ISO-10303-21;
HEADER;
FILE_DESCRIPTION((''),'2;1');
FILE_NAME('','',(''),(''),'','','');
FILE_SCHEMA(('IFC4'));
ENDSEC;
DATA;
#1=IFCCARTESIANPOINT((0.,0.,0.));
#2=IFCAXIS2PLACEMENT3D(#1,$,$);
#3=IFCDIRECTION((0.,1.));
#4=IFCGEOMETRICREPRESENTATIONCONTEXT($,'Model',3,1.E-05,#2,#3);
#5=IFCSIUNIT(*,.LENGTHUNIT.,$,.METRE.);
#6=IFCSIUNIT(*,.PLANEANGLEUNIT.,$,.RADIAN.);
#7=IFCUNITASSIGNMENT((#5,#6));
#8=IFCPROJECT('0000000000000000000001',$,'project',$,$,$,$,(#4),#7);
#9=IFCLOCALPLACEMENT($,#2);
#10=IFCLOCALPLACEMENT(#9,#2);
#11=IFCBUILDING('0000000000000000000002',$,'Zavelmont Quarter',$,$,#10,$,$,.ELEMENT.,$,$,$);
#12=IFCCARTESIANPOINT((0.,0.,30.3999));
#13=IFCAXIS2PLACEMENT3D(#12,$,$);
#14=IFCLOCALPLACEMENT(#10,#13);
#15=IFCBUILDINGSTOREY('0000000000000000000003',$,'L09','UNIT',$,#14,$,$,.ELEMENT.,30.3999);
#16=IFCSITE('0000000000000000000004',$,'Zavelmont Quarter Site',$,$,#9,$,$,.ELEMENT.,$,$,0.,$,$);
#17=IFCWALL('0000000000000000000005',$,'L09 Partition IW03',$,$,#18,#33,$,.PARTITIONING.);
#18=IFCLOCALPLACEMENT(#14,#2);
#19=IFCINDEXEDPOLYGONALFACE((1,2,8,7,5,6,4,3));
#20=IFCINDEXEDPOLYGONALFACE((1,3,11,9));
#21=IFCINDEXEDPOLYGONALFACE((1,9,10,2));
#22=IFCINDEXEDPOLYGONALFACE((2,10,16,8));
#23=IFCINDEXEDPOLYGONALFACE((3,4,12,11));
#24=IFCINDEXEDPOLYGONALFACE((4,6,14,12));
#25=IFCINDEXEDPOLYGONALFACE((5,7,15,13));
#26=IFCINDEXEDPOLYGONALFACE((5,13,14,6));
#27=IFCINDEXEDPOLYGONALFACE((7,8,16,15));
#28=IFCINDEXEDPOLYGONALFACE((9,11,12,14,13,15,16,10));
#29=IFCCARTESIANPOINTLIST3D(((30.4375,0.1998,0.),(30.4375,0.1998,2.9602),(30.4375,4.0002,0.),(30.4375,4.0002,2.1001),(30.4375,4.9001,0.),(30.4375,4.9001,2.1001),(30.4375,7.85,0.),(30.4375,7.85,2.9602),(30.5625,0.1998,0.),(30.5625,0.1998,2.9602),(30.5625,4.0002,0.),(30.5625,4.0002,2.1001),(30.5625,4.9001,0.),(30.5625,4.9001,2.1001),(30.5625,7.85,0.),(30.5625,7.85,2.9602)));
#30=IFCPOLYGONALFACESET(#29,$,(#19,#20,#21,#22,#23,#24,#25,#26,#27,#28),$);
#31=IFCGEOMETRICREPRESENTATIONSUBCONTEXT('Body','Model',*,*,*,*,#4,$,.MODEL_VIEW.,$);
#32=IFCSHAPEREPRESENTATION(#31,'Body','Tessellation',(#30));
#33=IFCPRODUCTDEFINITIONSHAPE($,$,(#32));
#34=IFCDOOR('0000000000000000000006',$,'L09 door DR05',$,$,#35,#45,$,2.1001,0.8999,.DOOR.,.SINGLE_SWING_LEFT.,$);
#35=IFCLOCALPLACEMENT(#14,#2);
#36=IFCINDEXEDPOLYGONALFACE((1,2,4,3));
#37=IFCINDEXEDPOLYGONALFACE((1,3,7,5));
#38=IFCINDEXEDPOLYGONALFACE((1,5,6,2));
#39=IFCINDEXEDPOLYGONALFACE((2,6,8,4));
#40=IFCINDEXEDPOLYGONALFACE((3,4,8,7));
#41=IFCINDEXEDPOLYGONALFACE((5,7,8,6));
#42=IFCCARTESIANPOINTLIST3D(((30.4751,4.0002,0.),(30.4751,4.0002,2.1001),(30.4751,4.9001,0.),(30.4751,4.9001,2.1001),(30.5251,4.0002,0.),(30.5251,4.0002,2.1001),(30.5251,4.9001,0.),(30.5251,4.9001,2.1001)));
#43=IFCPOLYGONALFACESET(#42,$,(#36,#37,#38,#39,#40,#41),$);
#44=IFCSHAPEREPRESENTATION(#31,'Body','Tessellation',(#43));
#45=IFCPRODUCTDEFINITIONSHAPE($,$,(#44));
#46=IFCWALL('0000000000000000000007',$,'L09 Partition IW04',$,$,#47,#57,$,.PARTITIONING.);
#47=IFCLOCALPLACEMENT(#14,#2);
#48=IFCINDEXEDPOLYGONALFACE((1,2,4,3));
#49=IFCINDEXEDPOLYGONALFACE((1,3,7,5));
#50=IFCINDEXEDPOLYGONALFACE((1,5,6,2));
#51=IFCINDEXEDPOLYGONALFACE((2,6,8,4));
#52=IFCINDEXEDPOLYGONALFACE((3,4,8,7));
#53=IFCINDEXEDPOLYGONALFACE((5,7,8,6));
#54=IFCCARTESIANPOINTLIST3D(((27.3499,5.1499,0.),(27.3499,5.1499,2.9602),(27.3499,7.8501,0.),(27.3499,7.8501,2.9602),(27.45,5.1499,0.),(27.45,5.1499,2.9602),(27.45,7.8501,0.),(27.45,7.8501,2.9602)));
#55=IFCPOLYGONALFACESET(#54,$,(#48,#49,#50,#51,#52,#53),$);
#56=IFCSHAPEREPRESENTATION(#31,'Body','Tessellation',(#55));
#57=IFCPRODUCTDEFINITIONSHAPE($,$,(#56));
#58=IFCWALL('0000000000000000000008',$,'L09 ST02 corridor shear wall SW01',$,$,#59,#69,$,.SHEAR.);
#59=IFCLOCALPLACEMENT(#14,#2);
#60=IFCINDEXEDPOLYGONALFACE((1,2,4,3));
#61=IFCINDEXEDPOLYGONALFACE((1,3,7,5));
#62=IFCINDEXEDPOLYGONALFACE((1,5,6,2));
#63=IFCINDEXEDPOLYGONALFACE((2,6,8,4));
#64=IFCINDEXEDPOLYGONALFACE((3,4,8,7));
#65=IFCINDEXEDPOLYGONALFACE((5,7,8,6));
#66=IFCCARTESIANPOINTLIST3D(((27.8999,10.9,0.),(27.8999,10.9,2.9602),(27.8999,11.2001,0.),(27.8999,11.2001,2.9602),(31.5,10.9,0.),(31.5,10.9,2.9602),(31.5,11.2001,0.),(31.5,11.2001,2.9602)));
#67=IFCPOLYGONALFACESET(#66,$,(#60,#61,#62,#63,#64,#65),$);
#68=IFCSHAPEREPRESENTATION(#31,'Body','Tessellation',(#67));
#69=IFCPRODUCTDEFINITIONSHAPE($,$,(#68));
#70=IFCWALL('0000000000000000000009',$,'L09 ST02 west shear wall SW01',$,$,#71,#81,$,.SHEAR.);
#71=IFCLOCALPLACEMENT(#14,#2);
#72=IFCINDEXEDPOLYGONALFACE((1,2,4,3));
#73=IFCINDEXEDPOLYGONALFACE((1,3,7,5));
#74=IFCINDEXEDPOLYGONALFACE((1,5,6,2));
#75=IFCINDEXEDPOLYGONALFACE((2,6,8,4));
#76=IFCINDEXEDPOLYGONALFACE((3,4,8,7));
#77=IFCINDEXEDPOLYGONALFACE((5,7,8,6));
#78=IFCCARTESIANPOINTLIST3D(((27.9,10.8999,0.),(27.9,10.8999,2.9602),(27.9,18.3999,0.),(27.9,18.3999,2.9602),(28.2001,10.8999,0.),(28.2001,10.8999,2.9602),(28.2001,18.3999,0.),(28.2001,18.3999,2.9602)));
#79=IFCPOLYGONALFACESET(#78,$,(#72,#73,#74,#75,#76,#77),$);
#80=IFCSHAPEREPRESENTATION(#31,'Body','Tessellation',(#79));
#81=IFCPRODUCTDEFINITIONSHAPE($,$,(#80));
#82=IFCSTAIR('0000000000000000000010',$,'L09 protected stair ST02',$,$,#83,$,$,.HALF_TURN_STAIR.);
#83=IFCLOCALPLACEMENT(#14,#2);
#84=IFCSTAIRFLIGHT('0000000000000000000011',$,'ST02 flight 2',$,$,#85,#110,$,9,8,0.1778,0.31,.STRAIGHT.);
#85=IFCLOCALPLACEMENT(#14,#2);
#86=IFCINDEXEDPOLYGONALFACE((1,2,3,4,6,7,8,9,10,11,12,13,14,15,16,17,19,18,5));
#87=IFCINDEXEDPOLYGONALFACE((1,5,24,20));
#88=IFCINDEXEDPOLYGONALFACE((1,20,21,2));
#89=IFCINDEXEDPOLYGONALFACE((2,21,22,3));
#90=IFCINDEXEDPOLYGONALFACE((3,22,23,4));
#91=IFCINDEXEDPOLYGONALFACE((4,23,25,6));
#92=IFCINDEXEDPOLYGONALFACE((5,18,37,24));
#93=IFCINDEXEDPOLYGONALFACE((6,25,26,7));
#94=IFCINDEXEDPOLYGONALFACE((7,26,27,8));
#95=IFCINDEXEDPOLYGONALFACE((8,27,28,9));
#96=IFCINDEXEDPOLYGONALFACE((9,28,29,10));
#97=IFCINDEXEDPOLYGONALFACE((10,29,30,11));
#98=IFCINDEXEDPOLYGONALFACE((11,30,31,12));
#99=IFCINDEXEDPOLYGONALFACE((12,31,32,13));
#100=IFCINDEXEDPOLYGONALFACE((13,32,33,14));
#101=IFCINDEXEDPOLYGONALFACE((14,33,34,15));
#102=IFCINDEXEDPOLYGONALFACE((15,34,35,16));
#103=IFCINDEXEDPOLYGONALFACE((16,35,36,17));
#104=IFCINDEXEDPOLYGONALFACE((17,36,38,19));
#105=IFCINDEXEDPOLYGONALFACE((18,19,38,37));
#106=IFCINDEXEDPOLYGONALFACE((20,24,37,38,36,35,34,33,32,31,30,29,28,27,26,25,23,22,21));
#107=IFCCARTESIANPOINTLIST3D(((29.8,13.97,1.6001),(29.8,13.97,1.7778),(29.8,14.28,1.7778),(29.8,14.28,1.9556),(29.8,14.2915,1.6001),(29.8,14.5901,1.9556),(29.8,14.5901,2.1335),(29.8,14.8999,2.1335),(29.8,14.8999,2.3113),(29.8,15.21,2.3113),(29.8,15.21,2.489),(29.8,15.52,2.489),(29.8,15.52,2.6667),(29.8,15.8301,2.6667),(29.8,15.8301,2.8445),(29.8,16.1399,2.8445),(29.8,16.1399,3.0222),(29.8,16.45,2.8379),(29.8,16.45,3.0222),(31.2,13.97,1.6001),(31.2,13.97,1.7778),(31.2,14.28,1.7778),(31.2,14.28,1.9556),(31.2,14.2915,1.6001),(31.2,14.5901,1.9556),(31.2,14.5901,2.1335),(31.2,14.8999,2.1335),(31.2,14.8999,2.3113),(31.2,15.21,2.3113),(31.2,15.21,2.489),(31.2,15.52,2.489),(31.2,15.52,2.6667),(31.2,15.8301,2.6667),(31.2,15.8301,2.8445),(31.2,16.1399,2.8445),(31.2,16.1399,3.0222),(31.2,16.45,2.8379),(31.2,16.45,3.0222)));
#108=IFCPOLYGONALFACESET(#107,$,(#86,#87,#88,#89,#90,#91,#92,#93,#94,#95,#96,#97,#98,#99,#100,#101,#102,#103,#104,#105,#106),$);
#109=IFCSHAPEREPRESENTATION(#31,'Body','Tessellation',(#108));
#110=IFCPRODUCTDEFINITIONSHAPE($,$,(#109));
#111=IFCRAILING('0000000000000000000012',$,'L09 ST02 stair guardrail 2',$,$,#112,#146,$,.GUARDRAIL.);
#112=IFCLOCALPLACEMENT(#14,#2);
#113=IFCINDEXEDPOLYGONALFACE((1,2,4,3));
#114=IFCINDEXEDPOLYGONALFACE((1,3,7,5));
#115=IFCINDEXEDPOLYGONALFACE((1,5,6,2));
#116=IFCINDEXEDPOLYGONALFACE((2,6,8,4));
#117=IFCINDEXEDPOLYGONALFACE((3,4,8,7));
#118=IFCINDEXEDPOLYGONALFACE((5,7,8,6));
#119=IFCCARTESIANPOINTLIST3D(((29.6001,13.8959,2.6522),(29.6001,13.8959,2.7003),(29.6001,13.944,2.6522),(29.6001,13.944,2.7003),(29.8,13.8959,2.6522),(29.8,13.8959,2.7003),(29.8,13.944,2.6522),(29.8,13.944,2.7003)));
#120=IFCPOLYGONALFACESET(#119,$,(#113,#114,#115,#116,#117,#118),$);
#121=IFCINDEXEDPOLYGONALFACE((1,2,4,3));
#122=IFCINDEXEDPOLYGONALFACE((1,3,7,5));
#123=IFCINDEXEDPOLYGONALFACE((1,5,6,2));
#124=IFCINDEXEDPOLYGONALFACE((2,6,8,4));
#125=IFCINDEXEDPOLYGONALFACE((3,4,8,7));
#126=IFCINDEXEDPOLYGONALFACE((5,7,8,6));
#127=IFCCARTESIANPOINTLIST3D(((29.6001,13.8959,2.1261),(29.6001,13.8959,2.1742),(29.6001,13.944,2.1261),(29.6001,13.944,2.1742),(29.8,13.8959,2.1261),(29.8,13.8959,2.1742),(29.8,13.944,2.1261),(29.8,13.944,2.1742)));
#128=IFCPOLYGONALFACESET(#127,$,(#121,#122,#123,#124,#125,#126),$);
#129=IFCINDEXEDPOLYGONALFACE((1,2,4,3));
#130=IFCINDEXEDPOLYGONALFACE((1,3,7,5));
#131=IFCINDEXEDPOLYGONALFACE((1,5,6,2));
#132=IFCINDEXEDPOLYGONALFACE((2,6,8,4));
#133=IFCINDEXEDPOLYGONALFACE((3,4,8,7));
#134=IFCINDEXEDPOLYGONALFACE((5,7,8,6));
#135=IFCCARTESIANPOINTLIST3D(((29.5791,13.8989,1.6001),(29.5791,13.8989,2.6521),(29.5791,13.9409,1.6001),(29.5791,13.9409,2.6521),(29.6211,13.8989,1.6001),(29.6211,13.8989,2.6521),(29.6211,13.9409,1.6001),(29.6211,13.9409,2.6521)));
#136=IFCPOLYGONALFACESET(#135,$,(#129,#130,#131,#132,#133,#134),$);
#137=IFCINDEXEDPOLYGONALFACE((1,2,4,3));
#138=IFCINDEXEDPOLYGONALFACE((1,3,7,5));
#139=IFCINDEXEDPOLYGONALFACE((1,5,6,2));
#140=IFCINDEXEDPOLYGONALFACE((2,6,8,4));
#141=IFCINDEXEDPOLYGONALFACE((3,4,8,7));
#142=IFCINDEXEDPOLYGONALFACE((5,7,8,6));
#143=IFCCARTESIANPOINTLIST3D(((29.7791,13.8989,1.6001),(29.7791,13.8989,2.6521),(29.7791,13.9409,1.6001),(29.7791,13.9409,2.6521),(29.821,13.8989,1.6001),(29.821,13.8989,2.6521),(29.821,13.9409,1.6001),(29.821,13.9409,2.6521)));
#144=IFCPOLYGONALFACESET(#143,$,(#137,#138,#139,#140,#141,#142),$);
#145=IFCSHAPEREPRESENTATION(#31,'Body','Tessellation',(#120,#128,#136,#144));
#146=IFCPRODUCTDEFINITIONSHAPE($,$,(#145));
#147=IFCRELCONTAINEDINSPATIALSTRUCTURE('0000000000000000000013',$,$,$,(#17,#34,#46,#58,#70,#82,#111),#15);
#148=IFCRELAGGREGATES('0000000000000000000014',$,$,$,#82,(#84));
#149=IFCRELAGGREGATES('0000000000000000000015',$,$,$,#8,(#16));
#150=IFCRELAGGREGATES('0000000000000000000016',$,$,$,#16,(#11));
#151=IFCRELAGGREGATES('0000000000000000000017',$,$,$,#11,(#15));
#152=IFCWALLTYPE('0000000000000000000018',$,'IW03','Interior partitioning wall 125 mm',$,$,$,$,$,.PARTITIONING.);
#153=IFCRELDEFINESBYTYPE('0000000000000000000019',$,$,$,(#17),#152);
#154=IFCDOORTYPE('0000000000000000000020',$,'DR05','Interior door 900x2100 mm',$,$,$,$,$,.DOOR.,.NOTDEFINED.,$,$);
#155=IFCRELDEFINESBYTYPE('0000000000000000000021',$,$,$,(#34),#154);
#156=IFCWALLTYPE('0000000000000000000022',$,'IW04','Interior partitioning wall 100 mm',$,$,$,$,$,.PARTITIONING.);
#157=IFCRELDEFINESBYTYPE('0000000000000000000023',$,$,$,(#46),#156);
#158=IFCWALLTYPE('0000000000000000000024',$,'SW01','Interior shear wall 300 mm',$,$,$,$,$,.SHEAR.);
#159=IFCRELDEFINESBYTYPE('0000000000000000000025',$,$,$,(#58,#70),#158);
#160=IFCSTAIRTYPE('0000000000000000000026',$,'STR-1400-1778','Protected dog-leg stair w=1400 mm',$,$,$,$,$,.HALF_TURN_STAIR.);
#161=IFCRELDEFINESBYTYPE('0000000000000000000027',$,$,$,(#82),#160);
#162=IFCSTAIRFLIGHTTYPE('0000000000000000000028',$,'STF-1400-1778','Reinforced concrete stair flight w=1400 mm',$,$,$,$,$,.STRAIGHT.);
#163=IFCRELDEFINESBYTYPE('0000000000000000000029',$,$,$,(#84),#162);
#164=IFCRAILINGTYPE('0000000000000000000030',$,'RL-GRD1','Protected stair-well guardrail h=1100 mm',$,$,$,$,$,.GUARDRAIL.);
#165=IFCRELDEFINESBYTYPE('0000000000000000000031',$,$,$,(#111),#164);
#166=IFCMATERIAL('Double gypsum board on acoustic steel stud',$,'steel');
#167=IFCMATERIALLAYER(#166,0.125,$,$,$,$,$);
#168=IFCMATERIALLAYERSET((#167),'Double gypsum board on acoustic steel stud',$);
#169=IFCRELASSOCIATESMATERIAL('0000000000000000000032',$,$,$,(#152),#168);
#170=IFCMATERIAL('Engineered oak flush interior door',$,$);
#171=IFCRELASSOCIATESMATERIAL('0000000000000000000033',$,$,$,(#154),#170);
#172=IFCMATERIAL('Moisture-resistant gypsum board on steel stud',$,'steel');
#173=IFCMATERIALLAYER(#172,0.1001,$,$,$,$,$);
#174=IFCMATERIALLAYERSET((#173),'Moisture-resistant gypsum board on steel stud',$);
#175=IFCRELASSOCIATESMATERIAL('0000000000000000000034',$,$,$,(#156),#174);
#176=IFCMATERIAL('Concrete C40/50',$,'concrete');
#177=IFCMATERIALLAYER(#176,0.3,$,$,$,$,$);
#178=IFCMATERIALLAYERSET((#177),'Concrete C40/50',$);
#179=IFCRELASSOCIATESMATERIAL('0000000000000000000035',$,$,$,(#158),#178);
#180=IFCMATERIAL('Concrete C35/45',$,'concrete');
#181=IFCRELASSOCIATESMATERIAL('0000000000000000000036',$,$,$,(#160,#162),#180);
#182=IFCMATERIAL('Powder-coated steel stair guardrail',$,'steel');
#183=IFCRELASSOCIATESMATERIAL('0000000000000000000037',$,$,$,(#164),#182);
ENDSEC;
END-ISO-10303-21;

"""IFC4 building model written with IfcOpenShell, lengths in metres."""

from ifc_helpers import new_model, si_unit, direction, frame, frame_2d, origin, origin_2d, place, context, subcontext, project, spatial, polyline, rectangle, outline, extrude, material, layer, layer_set, type_object, element, fill, aggregate, save


model = new_model("IFC4")

# Units and contexts
model_context = context("Model", 3, precision=1e-05, world=origin(), true_north=direction((0.0, 1.0)))
body_context = subcontext(model_context, "Body", "Model", "MODEL_VIEW")
ifc_project = project(units=[si_unit("LENGTHUNIT", "METRE"), si_unit("PLANEANGLEUNIT", "RADIAN")], contexts=[model_context])

# Site, building, storey
site_placement = place(None, origin())
site = spatial("IfcSite", under=ifc_project, at=site_placement, Name="Zavelmont Quarter Site", CompositionType="ELEMENT", RefElevation=0.0)
building_placement = place(site_placement, origin())
building = spatial("IfcBuilding", under=site, at=building_placement, Name="Zavelmont Quarter", CompositionType="ELEMENT")
storey_placement = place(building_placement, frame((0.0, 0.0, 30.3999)))
storey = spatial("IfcBuildingStorey", under=building, at=storey_placement, Name="L09", Description="UNIT", CompositionType="ELEMENT", Elevation=30.3999)

# Shared definitions
ifc_material_1 = material(Name="Concrete C35/45", Category="concrete")

# Shared definitions
ifc_material_2 = material(Name="Concrete C40/50", Category="concrete")

# Wall, opening, door
ifc_material_3 = material(Name="Double gypsum board on acoustic steel stud", Category="steel")
ifc_layer_1 = layer(ifc_material_3, 0.125)
ifc_layer_set_1 = layer_set([ifc_layer_1], Name="Double gypsum board on acoustic steel stud")
wall_type_1 = type_object("IfcWallType", Name="IW03", Description="Interior partitioning wall 125 mm", PredefinedType="PARTITIONING", material=ifc_layer_set_1)
wall_1_placement = place(storey_placement, frame((30.5, 7.8501, 0.0), z_axis=(0.0, 0.0, 1.0), x_axis=(0.0, -1.0, 0.0)))
wall_1 = element("IfcWall", 1, at=wall_1_placement, inside=storey, type_object=wall_type_1, Name="L09 Partition IW03", PredefinedType="PARTITIONING", context=body_context, shape_type="SweptSolid", body=[
    extrude(rectangle(XDim=7.6501, YDim=0.125, at=frame_2d((3.8252, 0.0))), origin(), (0.0, 0.0, 1.0), 2.9602),
])
opening_1_placement = place(wall_1_placement, frame((2.95, 0.0, 0.0)))
opening_1 = element("IfcOpeningElement", 2, at=opening_1_placement, cuts=wall_1, PredefinedType="OPENING", context=body_context, shape_type="SweptSolid", body=[
    extrude(rectangle(XDim=0.8999, YDim=2.1001, at=frame_2d((0.45, 1.05))), frame((0.0, 0.0745, 0.0), z_axis=(0.0, -1.0, 0.0), x_axis=(1.0, 0.0, 0.0)), (0.0, 0.0, 1.0), 0.1489),
])
ifc_material_4 = material(Name="Engineered oak flush interior door")
door_type_1 = type_object("IfcDoorType", Name="DR05", Description="Interior door 900x2100 mm", OperationType="NOTDEFINED", PredefinedType="DOOR", material=ifc_material_4)
door_1_placement = place(opening_1_placement, frame((0.8999, 0.0, 0.0), z_axis=(0.0, 0.0, 1.0), x_axis=(-1.0, 0.0, 0.0)))
door_1 = element("IfcDoor", 3, at=door_1_placement, inside=storey, type_object=door_type_1, Name="L09 door DR05", OperationType="SINGLE_SWING_LEFT", OverallHeight=2.1001, OverallWidth=0.8999, PredefinedType="DOOR", context=body_context, shape_type="SweptSolid", body=[
    extrude(rectangle(XDim=0.8999, YDim=2.1001, at=frame_2d((0.45, 1.05))), frame((0.0, 0.0249, 0.0), z_axis=(0.0, -1.0, 0.0), x_axis=(1.0, 0.0, 0.0)), (0.0, 0.0, 1.0), 0.05),
])
fill(opening_1, door_1)

# Walls
ifc_material_5 = material(Name="Moisture-resistant gypsum board on steel stud", Category="steel")
ifc_layer_2 = layer(ifc_material_5, 0.1001)
ifc_layer_set_2 = layer_set([ifc_layer_2], Name="Moisture-resistant gypsum board on steel stud")
wall_type_2 = type_object("IfcWallType", Name="IW04", Description="Interior partitioning wall 100 mm", PredefinedType="PARTITIONING", material=ifc_layer_set_2)
wall_2_placement = place(storey_placement, frame((27.3999, 7.8501, 0.0), z_axis=(0.0, 0.0, 1.0), x_axis=(0.0, -1.0, 0.0)))
element("IfcWall", 4, at=wall_2_placement, inside=storey, type_object=wall_type_2, Name="L09 Partition IW04", PredefinedType="PARTITIONING", context=body_context, shape_type="SweptSolid", body=[
    extrude(rectangle(XDim=2.7002, YDim=0.1001, at=frame_2d((1.3501, 0.0))), origin(), (0.0, 0.0, 1.0), 2.9602),
])
ifc_layer_3 = layer(ifc_material_2, 0.3)
ifc_layer_set_3 = layer_set([ifc_layer_3], Name="Concrete C40/50")
wall_type_3 = type_object("IfcWallType", Name="SW01", Description="Interior shear wall 300 mm", PredefinedType="SHEAR", material=ifc_layer_set_3)
wall_3_placement = place(storey_placement, frame((27.8999, 11.05, 0.0), z_axis=(0.0, 0.0, 1.0), x_axis=(1.0, 0.0, 0.0)))
element("IfcWall", 5, at=wall_3_placement, inside=storey, type_object=wall_type_3, Name="L09 ST02 corridor shear wall SW01", PredefinedType="SHEAR", context=body_context, shape_type="SweptSolid", body=[
    extrude(rectangle(XDim=3.6001, YDim=0.3, at=frame_2d((1.8, 0.0))), origin(), (0.0, 0.0, 1.0), 2.9602),
])
wall_4_placement = place(storey_placement, frame((28.05, 10.8999, 0.0), z_axis=(0.0, 0.0, 1.0), x_axis=(0.0, 1.0, 0.0)))
element("IfcWall", 6, at=wall_4_placement, inside=storey, type_object=wall_type_3, Name="L09 ST02 west shear wall SW01", PredefinedType="SHEAR", context=body_context, shape_type="SweptSolid", body=[
    extrude(rectangle(XDim=7.5, YDim=0.3, at=frame_2d((3.75, 0.0))), origin(), (0.0, 0.0, 1.0), 2.9602),
])

# Stair, stair flight
stair_type = type_object("IfcStairType", Name="STR-1400-1778", Description="Protected dog-leg stair w=1400 mm", PredefinedType="HALF_TURN_STAIR", material=ifc_material_1)
stair_placement = place(storey_placement, origin())
stair = element("IfcStair", 7, at=stair_placement, inside=storey, type_object=stair_type, Name="L09 protected stair ST02", PredefinedType="HALF_TURN_STAIR")
stair_flight_type = type_object("IfcStairFlightType", Name="STF-1400-1778", Description="Reinforced concrete stair flight w=1400 mm", PredefinedType="STRAIGHT", material=ifc_material_1)
stair_flight_placement = place(storey_placement, frame((30.5, 13.97, 1.6001), z_axis=(0.0, 0.0, 1.0), x_axis=(0.0, 1.0, 0.0)))
stair_flight = element("IfcStairFlight", 8, at=stair_flight_placement, type_object=stair_flight_type, Name="ST02 flight 2", NumberOfRisers=9, NumberOfTreads=8, PredefinedType="STRAIGHT", RiserHeight=0.1778, TreadLength=0.31, context=body_context, shape_type="SweptSolid", body=[
    extrude(outline(polyline([(0.0, 0.0), (0.0, 0.1777), (0.3101, 0.1777), (0.3101, 0.3555), (0.6201, 0.3555), (0.6201, 0.5334), (0.9299, 0.5334), (0.9299, 0.7112), (1.24, 0.7112), (1.24, 0.8889), (1.55, 0.8889), (1.55, 1.0667), (1.8601, 1.0667), (1.8601, 1.2444), (2.1699, 1.2444), (2.1699, 1.4221), (2.48, 1.4221), (2.48, 1.6001), (2.48, 1.2378), (0.3215, 0.0), (0.0, 0.0)])), frame((0.0, 0.7, 0.0), z_axis=(0.0, -1.0, 0.0), x_axis=(1.0, 0.0, 0.0)), (0.0, 0.0, 1.0), 1.3999),
])
aggregate(stair, [stair_flight])

# Railing
ifc_material_6 = material(Name="Powder-coated steel stair guardrail", Category="steel")
railing_type_1 = type_object("IfcRailingType", Name="RL-GRD1", Description="Protected stair-well guardrail h=1100 mm", PredefinedType="GUARDRAIL", material=ifc_material_6)
railing_1_placement = place(storey_placement, frame((29.6001, 13.9199, 1.6001)))
element("IfcRailing", 9, at=railing_1_placement, inside=storey, type_object=railing_type_1, Name="L09 ST02 stair guardrail 2", PredefinedType="GUARDRAIL", context=body_context, shape_type="SweptSolid", body=[
    extrude(rectangle(XDim=0.0481, YDim=0.0481, at=origin_2d()), frame((0.0, 0.0, 1.0762), z_axis=(1.0, 0.0, 0.0), x_axis=(0.0, 1.0, 0.0)), (0.0, 0.0, 1.0), 0.2),
    extrude(rectangle(XDim=0.0481, YDim=0.0481, at=origin_2d()), frame((0.0, 0.0, 0.55), z_axis=(1.0, 0.0, 0.0), x_axis=(0.0, 1.0, 0.0)), (0.0, 0.0, 1.0), 0.2),
    extrude(rectangle(XDim=0.042, YDim=0.042, at=origin_2d()), origin(), (0.0, 0.0, 1.0), 1.052),
    extrude(rectangle(XDim=0.042, YDim=0.042, at=origin_2d()), frame((0.2, 0.0, 0.0)), (0.0, 0.0, 1.0), 1.052),
])

save(model, "model.ifc")
